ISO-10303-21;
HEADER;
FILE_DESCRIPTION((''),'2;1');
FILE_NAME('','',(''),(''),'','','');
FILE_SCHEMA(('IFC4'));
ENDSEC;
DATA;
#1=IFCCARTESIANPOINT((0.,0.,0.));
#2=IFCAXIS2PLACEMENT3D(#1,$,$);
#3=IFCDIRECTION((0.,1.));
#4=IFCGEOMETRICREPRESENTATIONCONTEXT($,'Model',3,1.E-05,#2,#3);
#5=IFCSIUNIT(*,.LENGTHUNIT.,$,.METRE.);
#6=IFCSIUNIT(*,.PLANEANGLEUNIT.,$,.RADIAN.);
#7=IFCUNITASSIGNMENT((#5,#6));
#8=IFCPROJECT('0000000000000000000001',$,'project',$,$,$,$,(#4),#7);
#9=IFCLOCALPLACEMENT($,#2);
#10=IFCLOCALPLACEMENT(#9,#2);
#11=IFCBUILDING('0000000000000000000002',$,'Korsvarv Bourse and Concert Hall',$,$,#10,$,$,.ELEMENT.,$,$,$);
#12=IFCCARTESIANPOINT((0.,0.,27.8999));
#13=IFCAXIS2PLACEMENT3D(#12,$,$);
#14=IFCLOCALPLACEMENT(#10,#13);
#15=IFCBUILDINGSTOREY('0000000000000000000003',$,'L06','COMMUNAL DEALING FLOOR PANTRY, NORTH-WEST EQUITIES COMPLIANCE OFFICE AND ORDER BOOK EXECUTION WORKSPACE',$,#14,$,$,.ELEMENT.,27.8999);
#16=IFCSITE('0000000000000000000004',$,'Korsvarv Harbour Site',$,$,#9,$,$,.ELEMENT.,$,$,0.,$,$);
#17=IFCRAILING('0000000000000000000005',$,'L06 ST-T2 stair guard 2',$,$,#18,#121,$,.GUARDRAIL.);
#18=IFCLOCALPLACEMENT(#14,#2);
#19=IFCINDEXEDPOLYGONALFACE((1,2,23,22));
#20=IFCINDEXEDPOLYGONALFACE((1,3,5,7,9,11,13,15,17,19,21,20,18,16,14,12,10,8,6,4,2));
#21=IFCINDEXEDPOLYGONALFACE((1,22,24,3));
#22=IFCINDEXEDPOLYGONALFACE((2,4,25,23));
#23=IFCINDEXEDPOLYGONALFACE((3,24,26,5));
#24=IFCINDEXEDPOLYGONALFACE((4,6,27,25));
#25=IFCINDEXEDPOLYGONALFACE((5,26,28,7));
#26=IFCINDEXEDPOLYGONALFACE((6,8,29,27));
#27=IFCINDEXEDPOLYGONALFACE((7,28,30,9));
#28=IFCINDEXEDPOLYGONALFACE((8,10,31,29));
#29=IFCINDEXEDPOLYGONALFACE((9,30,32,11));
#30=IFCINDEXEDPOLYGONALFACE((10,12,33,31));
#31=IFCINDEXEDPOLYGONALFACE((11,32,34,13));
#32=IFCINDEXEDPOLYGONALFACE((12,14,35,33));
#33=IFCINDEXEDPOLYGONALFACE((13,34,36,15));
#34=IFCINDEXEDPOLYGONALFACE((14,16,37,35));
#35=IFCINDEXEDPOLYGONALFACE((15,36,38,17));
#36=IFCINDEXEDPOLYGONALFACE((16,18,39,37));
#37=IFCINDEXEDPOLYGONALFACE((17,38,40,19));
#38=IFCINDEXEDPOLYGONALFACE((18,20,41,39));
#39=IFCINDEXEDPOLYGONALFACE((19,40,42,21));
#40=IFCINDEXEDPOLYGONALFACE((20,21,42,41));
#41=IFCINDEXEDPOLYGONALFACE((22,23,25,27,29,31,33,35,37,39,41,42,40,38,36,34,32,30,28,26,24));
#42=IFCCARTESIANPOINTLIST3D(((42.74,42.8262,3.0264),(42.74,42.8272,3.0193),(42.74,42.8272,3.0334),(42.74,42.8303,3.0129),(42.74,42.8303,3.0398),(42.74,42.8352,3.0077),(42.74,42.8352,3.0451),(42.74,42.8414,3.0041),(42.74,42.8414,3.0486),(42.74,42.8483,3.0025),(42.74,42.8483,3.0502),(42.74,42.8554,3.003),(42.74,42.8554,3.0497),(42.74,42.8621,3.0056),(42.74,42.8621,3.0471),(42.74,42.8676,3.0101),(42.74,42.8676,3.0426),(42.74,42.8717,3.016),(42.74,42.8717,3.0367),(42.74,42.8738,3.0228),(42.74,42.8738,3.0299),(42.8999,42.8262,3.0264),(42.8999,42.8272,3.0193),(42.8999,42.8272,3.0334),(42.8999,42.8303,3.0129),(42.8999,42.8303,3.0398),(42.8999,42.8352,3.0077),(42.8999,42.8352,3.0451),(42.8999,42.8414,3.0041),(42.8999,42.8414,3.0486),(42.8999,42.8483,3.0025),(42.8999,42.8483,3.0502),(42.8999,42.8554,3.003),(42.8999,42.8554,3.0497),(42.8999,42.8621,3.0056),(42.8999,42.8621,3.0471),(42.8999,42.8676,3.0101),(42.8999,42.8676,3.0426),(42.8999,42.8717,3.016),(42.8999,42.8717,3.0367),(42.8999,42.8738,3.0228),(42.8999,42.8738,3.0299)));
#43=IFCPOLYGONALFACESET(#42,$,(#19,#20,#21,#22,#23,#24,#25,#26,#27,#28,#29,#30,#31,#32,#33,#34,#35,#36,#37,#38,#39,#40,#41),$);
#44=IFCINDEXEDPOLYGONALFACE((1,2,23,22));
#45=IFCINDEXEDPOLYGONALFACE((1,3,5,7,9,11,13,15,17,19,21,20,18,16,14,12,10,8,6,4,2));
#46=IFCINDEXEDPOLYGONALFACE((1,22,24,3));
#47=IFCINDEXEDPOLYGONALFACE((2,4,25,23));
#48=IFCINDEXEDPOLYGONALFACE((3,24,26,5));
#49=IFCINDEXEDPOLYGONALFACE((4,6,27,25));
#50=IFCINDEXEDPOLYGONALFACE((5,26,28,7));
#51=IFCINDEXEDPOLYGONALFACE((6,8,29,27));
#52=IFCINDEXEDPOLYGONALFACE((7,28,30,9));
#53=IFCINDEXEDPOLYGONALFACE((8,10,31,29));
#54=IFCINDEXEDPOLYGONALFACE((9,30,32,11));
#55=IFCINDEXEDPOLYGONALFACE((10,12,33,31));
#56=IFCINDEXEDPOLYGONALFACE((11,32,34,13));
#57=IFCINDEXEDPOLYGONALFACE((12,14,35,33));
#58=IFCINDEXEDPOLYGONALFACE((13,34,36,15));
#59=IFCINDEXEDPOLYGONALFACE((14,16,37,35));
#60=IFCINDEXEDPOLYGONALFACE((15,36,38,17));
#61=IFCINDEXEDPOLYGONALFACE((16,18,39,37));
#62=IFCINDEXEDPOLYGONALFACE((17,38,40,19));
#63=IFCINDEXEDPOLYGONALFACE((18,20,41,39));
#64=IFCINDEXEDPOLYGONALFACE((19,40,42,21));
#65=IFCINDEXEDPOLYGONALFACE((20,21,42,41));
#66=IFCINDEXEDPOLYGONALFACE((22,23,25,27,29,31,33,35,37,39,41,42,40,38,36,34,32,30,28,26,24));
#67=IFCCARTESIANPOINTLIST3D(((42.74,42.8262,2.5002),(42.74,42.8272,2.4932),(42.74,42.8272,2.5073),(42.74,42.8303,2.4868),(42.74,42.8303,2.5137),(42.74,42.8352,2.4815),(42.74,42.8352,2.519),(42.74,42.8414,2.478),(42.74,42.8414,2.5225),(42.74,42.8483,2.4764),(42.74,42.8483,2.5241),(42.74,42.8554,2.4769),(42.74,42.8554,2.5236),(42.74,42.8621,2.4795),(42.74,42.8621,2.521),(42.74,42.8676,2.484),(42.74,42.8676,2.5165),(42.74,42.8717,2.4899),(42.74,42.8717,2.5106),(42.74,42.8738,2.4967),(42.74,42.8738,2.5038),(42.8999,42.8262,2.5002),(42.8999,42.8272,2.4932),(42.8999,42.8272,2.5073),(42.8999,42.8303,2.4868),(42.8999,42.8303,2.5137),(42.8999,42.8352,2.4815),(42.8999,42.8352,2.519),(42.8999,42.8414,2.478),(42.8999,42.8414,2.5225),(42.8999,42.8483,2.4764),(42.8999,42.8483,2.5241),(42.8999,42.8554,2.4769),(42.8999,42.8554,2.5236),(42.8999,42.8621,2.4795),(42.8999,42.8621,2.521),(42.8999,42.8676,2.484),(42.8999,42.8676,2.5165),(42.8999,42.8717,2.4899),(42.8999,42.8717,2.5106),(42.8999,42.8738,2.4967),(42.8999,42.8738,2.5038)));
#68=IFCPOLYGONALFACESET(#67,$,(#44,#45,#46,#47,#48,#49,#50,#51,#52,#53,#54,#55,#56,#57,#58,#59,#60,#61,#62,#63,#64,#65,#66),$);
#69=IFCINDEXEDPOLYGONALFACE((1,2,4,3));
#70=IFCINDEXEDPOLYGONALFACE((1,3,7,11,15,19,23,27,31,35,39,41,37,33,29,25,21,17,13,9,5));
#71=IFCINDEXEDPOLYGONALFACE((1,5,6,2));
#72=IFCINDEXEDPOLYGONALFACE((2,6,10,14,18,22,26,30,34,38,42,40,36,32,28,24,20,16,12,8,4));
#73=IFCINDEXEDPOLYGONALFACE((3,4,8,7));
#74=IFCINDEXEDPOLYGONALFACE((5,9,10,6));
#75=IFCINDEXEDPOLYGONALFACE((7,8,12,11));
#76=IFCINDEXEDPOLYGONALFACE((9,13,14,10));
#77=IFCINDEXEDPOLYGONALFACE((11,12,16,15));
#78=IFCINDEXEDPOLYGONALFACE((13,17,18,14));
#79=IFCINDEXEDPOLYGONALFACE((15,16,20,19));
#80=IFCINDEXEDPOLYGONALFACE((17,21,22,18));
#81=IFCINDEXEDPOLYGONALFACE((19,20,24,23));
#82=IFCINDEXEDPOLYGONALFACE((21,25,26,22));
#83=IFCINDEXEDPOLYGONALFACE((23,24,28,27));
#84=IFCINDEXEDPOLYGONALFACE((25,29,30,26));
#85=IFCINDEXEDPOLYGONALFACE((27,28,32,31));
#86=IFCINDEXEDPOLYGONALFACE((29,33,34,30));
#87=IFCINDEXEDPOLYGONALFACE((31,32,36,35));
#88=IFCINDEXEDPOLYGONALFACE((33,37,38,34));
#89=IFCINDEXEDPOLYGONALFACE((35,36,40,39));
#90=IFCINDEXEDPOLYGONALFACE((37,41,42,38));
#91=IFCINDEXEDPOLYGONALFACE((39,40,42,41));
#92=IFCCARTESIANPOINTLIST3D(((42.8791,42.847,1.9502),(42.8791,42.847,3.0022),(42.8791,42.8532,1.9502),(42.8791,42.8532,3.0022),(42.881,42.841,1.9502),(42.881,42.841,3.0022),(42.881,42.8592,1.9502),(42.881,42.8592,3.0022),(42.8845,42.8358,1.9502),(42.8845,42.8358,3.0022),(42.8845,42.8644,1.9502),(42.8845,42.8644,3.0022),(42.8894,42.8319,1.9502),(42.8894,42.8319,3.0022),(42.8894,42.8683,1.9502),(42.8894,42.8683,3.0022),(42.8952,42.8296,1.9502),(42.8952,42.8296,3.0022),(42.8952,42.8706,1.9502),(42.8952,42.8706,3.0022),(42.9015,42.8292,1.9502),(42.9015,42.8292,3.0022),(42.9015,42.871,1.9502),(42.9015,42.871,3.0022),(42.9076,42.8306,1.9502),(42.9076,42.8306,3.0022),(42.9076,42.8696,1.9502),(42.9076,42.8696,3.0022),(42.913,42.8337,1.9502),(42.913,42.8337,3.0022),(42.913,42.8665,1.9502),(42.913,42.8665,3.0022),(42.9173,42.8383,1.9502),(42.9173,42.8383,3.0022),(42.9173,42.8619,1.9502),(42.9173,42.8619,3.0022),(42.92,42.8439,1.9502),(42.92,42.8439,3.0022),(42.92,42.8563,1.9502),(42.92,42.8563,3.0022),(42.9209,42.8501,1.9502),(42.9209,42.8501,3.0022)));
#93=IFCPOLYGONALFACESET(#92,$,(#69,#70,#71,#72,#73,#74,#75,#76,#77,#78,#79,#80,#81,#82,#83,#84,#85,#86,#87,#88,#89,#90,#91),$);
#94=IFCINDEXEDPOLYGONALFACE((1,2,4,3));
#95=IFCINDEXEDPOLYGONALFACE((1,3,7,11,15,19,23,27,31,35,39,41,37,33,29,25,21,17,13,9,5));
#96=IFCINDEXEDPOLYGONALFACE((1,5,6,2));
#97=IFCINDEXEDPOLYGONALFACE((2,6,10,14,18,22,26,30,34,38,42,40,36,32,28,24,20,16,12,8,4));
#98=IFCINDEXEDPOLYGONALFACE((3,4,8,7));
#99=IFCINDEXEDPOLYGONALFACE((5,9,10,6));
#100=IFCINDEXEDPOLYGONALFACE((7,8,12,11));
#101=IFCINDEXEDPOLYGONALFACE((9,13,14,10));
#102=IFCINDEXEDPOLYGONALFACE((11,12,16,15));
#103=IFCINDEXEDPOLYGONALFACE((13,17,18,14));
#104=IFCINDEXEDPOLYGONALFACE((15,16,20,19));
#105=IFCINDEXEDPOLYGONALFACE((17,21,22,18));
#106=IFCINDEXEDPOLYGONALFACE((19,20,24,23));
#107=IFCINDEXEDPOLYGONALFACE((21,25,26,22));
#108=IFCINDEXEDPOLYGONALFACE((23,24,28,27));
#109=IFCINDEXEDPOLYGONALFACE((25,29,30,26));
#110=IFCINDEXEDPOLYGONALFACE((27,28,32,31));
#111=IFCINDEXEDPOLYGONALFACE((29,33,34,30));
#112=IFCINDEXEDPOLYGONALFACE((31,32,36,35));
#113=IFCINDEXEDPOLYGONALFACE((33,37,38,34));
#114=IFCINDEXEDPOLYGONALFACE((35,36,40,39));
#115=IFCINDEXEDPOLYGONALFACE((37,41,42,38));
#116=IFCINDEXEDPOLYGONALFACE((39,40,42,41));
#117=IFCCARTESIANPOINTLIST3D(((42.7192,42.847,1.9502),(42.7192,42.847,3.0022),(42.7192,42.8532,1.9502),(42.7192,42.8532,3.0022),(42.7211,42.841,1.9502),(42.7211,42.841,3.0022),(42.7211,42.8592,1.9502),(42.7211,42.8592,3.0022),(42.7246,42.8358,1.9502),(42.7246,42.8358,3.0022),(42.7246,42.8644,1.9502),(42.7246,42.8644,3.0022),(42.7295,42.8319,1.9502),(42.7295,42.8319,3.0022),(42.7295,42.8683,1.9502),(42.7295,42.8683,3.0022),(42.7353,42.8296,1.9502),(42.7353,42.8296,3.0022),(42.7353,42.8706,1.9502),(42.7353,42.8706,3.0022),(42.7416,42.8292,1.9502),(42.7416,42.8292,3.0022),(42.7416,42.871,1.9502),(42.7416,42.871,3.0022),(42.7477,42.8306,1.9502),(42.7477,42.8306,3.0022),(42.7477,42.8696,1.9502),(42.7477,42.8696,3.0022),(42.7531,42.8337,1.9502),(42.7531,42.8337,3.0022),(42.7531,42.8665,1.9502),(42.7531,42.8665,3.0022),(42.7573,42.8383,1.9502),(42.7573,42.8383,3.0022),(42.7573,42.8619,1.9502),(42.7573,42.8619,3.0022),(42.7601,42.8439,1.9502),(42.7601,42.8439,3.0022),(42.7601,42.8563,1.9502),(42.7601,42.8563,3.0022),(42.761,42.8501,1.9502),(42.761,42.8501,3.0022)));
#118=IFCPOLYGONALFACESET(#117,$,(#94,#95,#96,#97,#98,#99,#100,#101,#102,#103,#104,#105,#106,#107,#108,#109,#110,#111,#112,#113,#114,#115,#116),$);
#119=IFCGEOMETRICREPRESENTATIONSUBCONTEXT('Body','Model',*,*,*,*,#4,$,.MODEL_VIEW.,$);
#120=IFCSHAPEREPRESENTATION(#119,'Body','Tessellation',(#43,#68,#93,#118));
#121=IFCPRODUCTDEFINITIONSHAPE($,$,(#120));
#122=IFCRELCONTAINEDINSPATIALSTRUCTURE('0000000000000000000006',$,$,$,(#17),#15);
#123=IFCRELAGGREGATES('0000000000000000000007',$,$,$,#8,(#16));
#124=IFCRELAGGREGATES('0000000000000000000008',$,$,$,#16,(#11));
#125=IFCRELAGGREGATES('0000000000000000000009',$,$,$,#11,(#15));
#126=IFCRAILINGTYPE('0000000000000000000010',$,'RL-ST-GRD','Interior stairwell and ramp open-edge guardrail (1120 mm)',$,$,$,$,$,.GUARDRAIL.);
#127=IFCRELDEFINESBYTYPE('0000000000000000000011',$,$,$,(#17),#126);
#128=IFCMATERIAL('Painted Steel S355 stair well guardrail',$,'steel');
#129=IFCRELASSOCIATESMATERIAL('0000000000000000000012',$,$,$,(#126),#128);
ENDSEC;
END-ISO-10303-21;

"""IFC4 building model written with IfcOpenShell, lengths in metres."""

from ifc_helpers import new_model, si_unit, direction, frame, origin, origin_2d, place, context, subcontext, project, spatial, circle, extrude, material, type_object, element, save


model = new_model("IFC4")

# Units and contexts
model_context = context("Model", 3, precision=1e-05, world=origin(), true_north=direction((0.0, 1.0)))
body_context = subcontext(model_context, "Body", "Model", "MODEL_VIEW")
ifc_project = project(units=[si_unit("LENGTHUNIT", "METRE"), si_unit("PLANEANGLEUNIT", "RADIAN")], contexts=[model_context])

# Site, building, storey
site_placement = place(None, origin())
site = spatial("IfcSite", under=ifc_project, at=site_placement, Name="Korsvarv Harbour Site", CompositionType="ELEMENT", RefElevation=0.0)
building_placement = place(site_placement, origin())
building = spatial("IfcBuilding", under=site, at=building_placement, Name="Korsvarv Bourse and Concert Hall", CompositionType="ELEMENT")
storey_placement = place(building_placement, frame((0.0, 0.0, 27.8999)))
storey = spatial("IfcBuildingStorey", under=building, at=storey_placement, Name="L06", Description="COMMUNAL DEALING FLOOR PANTRY, NORTH-WEST EQUITIES COMPLIANCE OFFICE AND ORDER BOOK EXECUTION WORKSPACE", CompositionType="ELEMENT", Elevation=27.8999)

# Railing
ifc_material_1 = material(Name="Painted Steel S355 stair well guardrail", Category="steel")
railing_type_1 = type_object("IfcRailingType", Name="RL-ST-GRD", Description="Interior stairwell and ramp open-edge guardrail (1120 mm)", PredefinedType="GUARDRAIL", material=ifc_material_1)
railing_1_placement = place(storey_placement, frame((42.8999, 42.8501, 1.9502)))
element("IfcRailing", 1, at=railing_1_placement, inside=storey, type_object=railing_type_1, Name="L06 ST-T2 stair guard 2", PredefinedType="GUARDRAIL", context=body_context, shape_type="SweptSolid", body=[
    extrude(circle(Radius=0.0239, at=origin_2d()), frame((0.0, 0.0, 1.0762), z_axis=(-1.0, 0.0, 0.0), x_axis=(0.0, -1.0, 0.0)), (0.0, 0.0, 1.0), 0.1599),
    extrude(circle(Radius=0.0239, at=origin_2d()), frame((0.0, 0.0, 0.55), z_axis=(-1.0, 0.0, 0.0), x_axis=(0.0, -1.0, 0.0)), (0.0, 0.0, 1.0), 0.1599),
    extrude(circle(Radius=0.021, at=origin_2d()), origin(), (0.0, 0.0, 1.0), 1.052),
    extrude(circle(Radius=0.021, at=origin_2d()), frame((-0.1599, 0.0, 0.0)), (0.0, 0.0, 1.0), 1.052),
])

save(model, "model.ifc")
